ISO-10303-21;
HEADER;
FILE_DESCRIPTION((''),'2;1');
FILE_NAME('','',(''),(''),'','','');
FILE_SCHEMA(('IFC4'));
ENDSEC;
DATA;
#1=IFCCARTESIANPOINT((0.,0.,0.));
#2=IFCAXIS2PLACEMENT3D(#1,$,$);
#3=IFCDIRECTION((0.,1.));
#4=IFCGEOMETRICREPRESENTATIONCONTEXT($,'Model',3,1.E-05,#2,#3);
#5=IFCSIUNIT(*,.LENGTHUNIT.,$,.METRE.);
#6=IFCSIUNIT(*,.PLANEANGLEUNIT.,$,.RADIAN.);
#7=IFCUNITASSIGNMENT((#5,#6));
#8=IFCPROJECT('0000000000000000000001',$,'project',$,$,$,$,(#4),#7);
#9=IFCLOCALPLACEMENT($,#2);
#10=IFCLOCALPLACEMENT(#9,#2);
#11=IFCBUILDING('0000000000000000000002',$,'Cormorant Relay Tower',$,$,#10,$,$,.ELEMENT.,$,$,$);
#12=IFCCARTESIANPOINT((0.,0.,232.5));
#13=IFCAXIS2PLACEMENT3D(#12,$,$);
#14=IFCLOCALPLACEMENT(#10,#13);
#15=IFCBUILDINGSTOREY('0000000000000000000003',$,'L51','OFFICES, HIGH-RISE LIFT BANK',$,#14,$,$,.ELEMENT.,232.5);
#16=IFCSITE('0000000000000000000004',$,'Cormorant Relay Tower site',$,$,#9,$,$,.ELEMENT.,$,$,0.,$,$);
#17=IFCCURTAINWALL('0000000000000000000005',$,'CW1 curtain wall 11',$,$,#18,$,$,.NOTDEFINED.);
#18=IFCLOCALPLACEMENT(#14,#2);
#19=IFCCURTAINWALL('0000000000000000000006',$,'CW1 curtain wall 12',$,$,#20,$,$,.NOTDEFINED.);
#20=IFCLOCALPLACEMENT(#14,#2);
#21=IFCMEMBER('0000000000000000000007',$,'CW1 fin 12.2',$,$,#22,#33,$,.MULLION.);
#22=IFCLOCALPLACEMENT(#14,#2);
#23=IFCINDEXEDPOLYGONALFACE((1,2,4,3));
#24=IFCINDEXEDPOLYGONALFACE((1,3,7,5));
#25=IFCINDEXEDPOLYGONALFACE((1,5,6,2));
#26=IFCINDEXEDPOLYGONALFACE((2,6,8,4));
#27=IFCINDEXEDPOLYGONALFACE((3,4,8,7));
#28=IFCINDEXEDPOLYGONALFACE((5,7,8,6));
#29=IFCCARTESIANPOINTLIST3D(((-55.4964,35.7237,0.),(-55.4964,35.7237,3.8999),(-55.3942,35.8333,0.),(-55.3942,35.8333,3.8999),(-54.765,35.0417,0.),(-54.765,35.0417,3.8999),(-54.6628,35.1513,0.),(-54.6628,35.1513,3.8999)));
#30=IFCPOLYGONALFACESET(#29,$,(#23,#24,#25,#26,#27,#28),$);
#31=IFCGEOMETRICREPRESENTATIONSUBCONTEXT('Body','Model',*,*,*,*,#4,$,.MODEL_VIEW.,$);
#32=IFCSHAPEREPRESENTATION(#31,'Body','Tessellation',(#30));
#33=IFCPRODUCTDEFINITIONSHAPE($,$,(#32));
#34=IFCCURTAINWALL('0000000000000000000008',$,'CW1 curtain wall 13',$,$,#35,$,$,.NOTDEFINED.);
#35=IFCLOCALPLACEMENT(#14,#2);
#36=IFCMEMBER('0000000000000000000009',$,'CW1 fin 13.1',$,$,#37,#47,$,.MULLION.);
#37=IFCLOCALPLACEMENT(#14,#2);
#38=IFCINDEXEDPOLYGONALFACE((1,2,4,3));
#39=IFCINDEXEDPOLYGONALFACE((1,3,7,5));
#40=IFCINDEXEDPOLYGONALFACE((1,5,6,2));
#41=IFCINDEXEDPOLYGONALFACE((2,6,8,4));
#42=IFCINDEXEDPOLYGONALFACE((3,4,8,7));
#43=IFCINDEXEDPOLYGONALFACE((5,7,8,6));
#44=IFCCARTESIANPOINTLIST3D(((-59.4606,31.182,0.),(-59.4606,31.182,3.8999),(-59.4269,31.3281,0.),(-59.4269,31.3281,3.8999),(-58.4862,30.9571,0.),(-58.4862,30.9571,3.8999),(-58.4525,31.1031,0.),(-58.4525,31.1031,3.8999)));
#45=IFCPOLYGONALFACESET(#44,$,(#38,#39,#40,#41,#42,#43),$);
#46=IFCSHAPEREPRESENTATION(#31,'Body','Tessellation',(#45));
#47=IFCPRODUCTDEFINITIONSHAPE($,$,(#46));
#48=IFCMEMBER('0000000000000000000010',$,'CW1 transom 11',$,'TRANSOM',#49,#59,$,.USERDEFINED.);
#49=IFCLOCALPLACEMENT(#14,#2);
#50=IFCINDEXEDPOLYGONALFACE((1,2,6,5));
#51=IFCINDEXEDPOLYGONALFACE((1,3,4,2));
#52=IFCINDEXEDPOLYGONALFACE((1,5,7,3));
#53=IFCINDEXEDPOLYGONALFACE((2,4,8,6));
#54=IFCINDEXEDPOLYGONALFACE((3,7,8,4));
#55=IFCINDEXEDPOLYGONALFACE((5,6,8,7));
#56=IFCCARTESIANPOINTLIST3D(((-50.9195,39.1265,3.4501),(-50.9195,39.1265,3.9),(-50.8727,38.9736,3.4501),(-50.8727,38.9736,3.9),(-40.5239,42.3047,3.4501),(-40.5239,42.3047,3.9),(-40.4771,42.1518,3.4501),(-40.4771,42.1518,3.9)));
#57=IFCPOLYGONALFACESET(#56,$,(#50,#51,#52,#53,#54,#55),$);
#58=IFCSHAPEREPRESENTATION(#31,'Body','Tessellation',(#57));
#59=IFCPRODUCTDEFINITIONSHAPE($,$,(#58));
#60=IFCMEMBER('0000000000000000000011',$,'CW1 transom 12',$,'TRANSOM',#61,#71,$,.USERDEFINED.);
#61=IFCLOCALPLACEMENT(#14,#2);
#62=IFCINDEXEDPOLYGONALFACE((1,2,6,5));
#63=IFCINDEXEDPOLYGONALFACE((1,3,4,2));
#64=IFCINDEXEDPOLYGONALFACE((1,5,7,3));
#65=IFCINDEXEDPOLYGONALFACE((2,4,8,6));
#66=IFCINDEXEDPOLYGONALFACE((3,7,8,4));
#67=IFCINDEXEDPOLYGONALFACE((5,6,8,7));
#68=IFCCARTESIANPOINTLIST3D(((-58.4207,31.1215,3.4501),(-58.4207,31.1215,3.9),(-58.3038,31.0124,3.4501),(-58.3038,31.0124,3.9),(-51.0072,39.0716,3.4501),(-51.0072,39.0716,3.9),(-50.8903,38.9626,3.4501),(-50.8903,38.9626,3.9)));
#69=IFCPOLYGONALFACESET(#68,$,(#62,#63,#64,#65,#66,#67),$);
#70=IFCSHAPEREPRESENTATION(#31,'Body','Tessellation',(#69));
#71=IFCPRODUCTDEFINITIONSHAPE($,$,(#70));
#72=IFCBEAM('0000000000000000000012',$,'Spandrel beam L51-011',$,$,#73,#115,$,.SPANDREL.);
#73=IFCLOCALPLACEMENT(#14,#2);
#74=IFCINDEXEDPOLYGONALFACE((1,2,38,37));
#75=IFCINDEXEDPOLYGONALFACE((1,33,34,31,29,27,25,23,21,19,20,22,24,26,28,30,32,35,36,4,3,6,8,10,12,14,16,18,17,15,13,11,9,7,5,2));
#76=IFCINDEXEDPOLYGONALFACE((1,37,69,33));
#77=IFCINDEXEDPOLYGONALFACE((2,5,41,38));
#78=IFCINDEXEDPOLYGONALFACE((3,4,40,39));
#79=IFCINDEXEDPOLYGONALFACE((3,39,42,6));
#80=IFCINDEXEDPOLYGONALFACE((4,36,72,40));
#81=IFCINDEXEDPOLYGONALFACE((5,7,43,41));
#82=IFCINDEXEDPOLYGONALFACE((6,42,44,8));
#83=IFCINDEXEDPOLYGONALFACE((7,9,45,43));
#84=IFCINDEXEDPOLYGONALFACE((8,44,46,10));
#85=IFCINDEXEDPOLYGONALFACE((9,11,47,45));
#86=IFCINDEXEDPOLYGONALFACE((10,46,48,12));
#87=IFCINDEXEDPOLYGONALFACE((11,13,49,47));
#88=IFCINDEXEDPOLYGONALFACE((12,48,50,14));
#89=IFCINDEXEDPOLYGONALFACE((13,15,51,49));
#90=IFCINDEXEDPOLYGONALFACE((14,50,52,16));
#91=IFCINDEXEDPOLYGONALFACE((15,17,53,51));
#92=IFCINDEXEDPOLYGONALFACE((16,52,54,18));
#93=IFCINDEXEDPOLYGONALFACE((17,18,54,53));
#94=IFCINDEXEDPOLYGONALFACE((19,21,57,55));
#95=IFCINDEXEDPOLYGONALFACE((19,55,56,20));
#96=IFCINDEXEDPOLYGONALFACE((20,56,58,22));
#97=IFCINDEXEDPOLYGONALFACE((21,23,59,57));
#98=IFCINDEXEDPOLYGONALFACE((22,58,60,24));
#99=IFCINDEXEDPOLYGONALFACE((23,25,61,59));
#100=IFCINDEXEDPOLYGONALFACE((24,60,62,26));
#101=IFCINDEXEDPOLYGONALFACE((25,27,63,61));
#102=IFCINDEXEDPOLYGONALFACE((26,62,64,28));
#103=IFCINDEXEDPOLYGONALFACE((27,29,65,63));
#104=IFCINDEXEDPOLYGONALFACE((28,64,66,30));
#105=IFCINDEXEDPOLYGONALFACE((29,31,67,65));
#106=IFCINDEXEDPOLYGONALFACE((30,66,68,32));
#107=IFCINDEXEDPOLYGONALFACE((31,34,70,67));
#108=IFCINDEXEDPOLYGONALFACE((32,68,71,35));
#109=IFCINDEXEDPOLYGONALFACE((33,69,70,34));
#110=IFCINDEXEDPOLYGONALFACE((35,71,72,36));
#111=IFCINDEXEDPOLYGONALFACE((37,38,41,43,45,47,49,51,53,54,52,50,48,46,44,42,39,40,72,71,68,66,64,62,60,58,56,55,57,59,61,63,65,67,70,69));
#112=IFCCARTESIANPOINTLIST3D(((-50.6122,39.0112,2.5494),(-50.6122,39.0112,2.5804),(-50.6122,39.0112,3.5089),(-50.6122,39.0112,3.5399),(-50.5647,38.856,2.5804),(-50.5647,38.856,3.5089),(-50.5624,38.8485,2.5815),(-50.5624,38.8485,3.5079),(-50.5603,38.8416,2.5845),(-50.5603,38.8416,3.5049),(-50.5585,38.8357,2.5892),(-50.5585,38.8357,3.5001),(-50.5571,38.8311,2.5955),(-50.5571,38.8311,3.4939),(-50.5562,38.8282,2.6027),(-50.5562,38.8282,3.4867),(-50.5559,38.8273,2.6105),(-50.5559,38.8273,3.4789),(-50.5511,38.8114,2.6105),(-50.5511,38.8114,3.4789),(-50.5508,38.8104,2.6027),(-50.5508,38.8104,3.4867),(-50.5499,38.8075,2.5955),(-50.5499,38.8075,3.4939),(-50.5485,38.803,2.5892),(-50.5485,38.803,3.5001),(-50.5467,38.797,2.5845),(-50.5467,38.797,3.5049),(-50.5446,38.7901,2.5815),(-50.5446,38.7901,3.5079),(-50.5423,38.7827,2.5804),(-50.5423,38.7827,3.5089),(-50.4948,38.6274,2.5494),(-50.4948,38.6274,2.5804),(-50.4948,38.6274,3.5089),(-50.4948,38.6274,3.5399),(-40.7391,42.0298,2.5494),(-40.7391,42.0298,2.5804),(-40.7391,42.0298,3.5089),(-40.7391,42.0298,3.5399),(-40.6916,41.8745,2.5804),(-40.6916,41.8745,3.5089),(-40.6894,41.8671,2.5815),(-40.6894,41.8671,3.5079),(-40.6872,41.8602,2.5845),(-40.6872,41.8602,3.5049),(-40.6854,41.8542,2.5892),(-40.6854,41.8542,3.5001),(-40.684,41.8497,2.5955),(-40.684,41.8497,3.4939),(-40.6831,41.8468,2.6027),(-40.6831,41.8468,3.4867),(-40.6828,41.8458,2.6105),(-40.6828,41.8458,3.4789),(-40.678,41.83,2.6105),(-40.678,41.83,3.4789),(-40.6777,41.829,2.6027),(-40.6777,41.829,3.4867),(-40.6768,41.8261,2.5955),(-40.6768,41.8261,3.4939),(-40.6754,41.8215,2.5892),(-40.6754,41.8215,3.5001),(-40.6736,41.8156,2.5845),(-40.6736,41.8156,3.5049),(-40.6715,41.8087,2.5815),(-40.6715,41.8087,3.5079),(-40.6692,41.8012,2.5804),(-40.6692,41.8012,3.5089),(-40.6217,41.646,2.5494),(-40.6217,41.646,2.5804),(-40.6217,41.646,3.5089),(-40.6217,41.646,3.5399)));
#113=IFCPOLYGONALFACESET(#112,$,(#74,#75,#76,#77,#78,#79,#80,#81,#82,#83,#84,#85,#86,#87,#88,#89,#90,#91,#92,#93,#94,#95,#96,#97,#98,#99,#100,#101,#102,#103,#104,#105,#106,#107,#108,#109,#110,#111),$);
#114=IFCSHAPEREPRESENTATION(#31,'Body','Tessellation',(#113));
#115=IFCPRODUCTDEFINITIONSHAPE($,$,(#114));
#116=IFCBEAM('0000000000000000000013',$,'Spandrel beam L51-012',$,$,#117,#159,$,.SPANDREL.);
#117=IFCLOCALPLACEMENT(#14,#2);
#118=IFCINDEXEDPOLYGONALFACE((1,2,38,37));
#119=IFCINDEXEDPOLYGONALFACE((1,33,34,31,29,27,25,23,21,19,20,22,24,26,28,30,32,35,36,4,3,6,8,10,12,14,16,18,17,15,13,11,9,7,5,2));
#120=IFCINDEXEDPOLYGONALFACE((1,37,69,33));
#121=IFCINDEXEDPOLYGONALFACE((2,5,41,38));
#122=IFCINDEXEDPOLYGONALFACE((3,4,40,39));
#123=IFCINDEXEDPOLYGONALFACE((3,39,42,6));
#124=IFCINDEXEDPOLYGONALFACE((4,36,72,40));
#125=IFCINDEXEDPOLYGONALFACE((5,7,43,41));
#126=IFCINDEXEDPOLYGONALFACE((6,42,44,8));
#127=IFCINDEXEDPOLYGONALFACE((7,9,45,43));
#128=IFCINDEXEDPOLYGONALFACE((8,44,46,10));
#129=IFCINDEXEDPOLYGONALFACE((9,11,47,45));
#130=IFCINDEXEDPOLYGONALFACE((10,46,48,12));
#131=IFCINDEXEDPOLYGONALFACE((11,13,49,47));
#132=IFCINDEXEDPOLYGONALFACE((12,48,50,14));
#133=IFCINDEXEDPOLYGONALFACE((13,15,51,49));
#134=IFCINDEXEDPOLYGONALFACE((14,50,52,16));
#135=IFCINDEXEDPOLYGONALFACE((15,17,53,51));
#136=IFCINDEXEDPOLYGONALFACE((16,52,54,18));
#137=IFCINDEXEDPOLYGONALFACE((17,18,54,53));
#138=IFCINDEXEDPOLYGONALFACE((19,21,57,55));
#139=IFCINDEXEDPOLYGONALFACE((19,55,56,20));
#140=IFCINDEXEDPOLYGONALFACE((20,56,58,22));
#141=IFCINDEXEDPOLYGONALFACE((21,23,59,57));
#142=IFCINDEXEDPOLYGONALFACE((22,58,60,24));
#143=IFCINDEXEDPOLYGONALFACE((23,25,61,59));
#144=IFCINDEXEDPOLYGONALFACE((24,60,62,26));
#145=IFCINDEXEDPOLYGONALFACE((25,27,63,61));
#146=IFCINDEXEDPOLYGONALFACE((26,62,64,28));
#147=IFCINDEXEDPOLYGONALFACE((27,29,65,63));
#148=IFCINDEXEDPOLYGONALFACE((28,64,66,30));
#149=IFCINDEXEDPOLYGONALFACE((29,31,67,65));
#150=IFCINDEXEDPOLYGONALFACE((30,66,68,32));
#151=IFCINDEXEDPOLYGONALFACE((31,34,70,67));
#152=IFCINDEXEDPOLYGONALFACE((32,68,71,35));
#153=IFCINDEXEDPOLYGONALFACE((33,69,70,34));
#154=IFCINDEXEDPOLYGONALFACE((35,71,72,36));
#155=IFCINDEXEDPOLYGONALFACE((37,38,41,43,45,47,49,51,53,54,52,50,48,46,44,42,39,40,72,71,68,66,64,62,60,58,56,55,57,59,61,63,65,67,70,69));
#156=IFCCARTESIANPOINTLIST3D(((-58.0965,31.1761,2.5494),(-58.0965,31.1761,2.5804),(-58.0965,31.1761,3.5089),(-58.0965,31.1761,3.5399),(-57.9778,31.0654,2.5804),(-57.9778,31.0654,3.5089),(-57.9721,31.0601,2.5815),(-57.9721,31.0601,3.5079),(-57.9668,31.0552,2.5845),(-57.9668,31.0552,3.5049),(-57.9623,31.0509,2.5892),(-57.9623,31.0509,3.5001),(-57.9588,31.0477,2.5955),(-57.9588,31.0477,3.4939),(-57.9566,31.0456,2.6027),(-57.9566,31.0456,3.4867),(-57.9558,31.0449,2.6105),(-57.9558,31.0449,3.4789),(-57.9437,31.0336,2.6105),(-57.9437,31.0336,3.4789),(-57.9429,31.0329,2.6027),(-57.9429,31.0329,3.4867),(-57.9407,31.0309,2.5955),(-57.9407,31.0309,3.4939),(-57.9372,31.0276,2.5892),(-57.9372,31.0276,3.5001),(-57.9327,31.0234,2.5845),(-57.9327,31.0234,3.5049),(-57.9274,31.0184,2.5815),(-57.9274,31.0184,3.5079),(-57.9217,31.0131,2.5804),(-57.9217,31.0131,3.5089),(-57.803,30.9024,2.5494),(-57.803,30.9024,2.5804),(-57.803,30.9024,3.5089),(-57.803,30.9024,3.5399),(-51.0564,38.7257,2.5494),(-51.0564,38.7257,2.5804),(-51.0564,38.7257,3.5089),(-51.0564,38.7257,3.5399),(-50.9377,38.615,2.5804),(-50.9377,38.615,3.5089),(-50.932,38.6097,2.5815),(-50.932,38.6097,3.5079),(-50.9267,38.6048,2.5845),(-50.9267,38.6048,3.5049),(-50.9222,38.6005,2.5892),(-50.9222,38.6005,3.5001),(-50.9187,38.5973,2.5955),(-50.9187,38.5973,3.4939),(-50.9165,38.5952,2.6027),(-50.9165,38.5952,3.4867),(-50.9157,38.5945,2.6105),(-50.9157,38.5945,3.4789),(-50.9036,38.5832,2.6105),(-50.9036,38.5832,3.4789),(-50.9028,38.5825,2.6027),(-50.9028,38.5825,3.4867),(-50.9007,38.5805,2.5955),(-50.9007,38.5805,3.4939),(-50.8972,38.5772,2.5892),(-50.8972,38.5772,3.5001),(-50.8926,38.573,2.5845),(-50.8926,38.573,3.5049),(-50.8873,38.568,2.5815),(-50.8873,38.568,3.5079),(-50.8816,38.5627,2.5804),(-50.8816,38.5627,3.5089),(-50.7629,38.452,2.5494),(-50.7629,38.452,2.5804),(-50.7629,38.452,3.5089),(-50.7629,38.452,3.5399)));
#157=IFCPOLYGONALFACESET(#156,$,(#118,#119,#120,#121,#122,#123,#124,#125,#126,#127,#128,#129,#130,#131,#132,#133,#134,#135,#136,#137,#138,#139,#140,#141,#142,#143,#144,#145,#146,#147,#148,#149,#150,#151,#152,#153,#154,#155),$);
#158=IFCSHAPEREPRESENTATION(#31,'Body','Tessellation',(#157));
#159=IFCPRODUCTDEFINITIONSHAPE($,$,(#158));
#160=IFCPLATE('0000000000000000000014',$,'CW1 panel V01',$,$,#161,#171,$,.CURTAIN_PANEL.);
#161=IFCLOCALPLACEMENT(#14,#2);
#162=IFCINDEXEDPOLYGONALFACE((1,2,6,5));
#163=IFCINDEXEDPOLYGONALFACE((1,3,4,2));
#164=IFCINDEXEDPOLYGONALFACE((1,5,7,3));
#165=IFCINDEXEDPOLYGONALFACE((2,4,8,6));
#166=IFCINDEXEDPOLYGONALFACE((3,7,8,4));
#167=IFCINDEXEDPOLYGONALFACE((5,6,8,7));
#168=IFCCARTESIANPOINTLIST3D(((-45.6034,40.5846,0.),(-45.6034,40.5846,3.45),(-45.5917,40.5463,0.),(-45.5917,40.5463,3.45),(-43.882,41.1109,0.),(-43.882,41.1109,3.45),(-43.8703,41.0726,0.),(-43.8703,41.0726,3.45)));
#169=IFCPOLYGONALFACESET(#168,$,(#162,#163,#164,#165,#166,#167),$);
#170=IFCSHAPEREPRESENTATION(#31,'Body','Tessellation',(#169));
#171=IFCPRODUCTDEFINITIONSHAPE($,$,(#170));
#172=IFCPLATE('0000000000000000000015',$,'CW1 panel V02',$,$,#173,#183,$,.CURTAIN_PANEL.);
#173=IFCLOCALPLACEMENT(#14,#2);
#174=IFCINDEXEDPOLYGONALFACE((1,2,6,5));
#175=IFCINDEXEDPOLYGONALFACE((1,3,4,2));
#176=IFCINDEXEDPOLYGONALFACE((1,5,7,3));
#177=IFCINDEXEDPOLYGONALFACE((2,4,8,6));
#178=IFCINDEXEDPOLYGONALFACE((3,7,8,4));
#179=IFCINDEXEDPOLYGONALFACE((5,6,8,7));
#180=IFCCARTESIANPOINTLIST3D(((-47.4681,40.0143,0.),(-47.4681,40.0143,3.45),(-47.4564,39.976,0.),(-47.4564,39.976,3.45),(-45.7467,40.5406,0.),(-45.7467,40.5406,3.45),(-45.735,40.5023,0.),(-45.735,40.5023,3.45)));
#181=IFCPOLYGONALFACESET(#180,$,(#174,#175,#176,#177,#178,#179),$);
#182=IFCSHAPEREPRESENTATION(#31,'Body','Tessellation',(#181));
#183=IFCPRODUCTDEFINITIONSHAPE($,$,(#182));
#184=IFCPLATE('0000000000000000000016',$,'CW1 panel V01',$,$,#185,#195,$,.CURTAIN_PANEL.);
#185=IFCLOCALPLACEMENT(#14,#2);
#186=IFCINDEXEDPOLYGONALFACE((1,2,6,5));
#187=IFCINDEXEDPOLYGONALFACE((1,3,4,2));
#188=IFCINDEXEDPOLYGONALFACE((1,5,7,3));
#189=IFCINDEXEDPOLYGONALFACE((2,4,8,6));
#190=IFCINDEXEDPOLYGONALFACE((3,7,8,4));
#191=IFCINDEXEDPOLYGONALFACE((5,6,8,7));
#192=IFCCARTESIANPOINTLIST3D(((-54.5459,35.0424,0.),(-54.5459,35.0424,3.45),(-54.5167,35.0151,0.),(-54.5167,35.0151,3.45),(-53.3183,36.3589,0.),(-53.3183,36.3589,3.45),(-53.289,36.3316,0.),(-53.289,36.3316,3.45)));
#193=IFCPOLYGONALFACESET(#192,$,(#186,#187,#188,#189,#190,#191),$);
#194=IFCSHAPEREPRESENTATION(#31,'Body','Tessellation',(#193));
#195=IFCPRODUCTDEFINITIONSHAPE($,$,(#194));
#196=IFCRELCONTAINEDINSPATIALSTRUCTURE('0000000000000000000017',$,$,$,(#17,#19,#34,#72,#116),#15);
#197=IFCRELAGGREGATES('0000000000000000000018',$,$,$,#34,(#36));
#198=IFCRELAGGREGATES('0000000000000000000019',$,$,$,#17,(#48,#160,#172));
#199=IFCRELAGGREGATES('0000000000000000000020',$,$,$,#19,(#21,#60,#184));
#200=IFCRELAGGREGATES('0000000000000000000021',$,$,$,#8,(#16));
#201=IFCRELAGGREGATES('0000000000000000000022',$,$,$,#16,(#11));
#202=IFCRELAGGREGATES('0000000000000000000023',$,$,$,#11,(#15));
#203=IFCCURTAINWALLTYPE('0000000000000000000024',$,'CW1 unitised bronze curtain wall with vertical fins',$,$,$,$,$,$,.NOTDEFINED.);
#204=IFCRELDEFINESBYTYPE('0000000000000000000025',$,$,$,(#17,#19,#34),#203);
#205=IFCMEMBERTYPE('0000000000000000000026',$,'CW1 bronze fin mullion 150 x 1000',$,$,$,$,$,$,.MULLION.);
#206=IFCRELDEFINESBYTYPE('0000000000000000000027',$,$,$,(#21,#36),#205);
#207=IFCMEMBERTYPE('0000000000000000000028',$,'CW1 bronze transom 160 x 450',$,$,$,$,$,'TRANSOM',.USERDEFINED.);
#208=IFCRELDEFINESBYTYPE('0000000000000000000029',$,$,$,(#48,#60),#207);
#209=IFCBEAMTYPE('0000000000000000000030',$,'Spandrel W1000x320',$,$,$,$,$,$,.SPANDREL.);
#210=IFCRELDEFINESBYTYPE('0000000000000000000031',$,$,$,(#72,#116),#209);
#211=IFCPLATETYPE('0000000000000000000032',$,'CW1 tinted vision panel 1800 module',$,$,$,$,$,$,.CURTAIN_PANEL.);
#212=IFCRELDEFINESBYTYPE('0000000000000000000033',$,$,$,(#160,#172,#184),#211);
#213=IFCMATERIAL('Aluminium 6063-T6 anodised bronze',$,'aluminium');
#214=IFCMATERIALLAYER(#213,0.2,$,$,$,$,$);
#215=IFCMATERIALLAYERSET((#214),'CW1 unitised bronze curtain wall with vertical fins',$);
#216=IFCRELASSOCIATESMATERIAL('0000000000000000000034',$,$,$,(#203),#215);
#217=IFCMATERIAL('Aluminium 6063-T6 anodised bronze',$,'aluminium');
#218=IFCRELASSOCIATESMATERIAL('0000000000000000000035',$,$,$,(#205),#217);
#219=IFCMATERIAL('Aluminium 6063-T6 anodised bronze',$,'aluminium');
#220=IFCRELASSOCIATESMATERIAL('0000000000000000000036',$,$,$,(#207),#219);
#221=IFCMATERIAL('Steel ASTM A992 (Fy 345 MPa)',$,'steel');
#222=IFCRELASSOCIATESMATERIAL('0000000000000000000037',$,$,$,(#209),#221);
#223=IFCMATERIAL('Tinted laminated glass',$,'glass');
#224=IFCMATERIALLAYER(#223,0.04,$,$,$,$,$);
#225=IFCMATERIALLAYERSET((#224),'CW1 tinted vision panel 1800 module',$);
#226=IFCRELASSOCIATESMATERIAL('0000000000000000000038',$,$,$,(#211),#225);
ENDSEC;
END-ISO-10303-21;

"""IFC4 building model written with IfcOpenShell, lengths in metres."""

from ifc_helpers import new_model, si_unit, direction, frame, origin, origin_2d, place, context, subcontext, project, spatial, rectangle, i_section, extrude, material, layer, layer_set, material_profile, profile_set, type_object, element, aggregate, save


model = new_model("IFC4")

# Units and contexts
model_context = context("Model", 3, precision=1e-05, world=origin(), true_north=direction((0.0, 1.0)))
body_context = subcontext(model_context, "Body", "Model", "MODEL_VIEW")
ifc_project = project(units=[si_unit("LENGTHUNIT", "METRE"), si_unit("PLANEANGLEUNIT", "RADIAN")], contexts=[model_context])

# Site, building, storey
site_placement = place(None, origin())
site = spatial("IfcSite", under=ifc_project, at=site_placement, Name="Cormorant Relay Tower site", CompositionType="ELEMENT", RefElevation=0.0)
building_placement = place(site_placement, origin())
building = spatial("IfcBuilding", under=site, at=building_placement, Name="Cormorant Relay Tower", CompositionType="ELEMENT")
storey_placement = place(building_placement, frame((0.0, 0.0, 232.5)))
storey = spatial("IfcBuildingStorey", under=building, at=storey_placement, Name="L51", Description="OFFICES, HIGH-RISE LIFT BANK", CompositionType="ELEMENT", Elevation=232.5)

# Shared definitions
ifc_material_1 = material(Name="Aluminium 6063-T6 anodised bronze", Category="aluminium")
ifc_layer_1 = layer(ifc_material_1, 0.2)
ifc_layer_set_1 = layer_set([ifc_layer_1], Name="CW1 unitised bronze curtain wall with vertical fins")
curtain_wall_type = type_object("IfcCurtainWallType", Name="CW1 unitised bronze curtain wall with vertical fins", PredefinedType="NOTDEFINED", material=ifc_layer_set_1)
ifc_material_2 = material(Name="Aluminium 6063-T6 anodised bronze", Category="aluminium")
ifc_material_profile_1 = material_profile(ifc_material_2, rectangle(XDim=0.1499, YDim=1.0, at=origin_2d()), Name="AL 150x1000")
ifc_profile_set_1 = profile_set([ifc_material_profile_1], Name="Aluminium 6063-T6 anodised bronze")
member_type_1 = type_object("IfcMemberType", Name="CW1 bronze fin mullion 150 x 1000", PredefinedType="MULLION", material=ifc_profile_set_1)

# Curtain walls, member
curtain_wall_1_placement = place(storey_placement, origin())
curtain_wall_1 = element("IfcCurtainWall", 1, at=curtain_wall_1_placement, inside=storey, type_object=curtain_wall_type, Name="CW1 curtain wall 11", PredefinedType="NOTDEFINED")
curtain_wall_2_placement = place(storey_placement, origin())
curtain_wall_2 = element("IfcCurtainWall", 2, at=curtain_wall_2_placement, inside=storey, type_object=curtain_wall_type, Name="CW1 curtain wall 12", PredefinedType="NOTDEFINED")
member_1_placement = place(storey_placement, frame((-55.0796, 35.4375, 0.0), z_axis=(0.0, 0.0, 1.0), x_axis=(-0.681998, -0.731354, 0.0)))
member_1 = element("IfcMember", 3, at=member_1_placement, type_object=member_type_1, Name="CW1 fin 12.2", PredefinedType="MULLION", context=body_context, shape_type="SweptSolid", body=[
    extrude(rectangle(XDim=0.1499, YDim=1.0, at=origin_2d()), origin(), (0.0, 0.0, 1.0), 3.8999),
])

# Curtain wall, member
curtain_wall_3_placement = place(storey_placement, origin())
curtain_wall_3 = element("IfcCurtainWall", 4, at=curtain_wall_3_placement, inside=storey, type_object=curtain_wall_type, Name="CW1 curtain wall 13", PredefinedType="NOTDEFINED")
member_2_placement = place(storey_placement, frame((-58.9565, 31.1426, 0.0), z_axis=(0.0, 0.0, 1.0), x_axis=(-0.224951, -0.97437, 0.0)))
member_2 = element("IfcMember", 5, at=member_2_placement, type_object=member_type_1, Name="CW1 fin 13.1", PredefinedType="MULLION", context=body_context, shape_type="SweptSolid", body=[
    extrude(rectangle(XDim=0.1499, YDim=1.0, at=origin_2d()), origin(), (0.0, 0.0, 1.0), 3.8999),
])
aggregate(curtain_wall_3, [member_2])

# Members
ifc_material_3 = material(Name="Aluminium 6063-T6 anodised bronze", Category="aluminium")
ifc_material_profile_2 = material_profile(ifc_material_3, rectangle(XDim=0.1599, YDim=0.45, at=origin_2d()), Name="AL 160x450")
ifc_profile_set_2 = profile_set([ifc_material_profile_2], Name="Aluminium 6063-T6 anodised bronze")
member_type_2 = type_object("IfcMemberType", Name="CW1 bronze transom 160 x 450", ElementType="TRANSOM", PredefinedType="USERDEFINED", material=ifc_profile_set_2)
member_3_placement = place(storey_placement, frame((-40.5005, 42.2283, 3.675), z_axis=(-0.956305, -0.292371, 0.0), x_axis=(0.292371, -0.956305, 0.0)))
member_3 = element("IfcMember", 6, at=member_3_placement, type_object=member_type_2, Name="CW1 transom 11", ObjectType="TRANSOM", PredefinedType="USERDEFINED", context=body_context, shape_type="SweptSolid", body=[
    extrude(rectangle(XDim=0.1599, YDim=0.45, at=origin_2d()), origin(), (0.0, 0.0, 1.0), 10.8706),
])
member_4_placement = place(storey_placement, frame((-50.9487, 39.0171, 3.675), z_axis=(-0.681993, -0.731358, 0.0), x_axis=(0.731358, -0.681993, 0.0)))
member_4 = element("IfcMember", 7, at=member_4_placement, type_object=member_type_2, Name="CW1 transom 12", ObjectType="TRANSOM", PredefinedType="USERDEFINED", context=body_context, shape_type="SweptSolid", body=[
    extrude(rectangle(XDim=0.1599, YDim=0.45, at=origin_2d()), origin(), (0.0, 0.0, 1.0), 10.8704),
])

# Beams
ifc_material_4 = material(Name="Steel ASTM A992 (Fy 345 MPa)", Category="steel")
ifc_material_profile_3 = material_profile(ifc_material_4, i_section(OverallWidth=0.4014, OverallDepth=0.9905, WebThickness=0.0166, FlangeThickness=0.031, FilletRadius=0.03, at=origin_2d()), Name="W1000x320")
ifc_profile_set_3 = profile_set([ifc_material_profile_3], Name="Steel ASTM A992 (Fy 345 MPa)")
beam_type = type_object("IfcBeamType", Name="Spandrel W1000x320", PredefinedType="SPANDREL", material=ifc_profile_set_3)
beam_1_placement = place(storey_placement, frame((-40.6804, 41.8379, 3.0447), z_axis=(-0.956303, -0.292377, 0.0), x_axis=(0.292377, -0.956303, 0.0)))
element("IfcBeam", 8, at=beam_1_placement, inside=storey, type_object=beam_type, Name="Spandrel beam L51-011", PredefinedType="SPANDREL", context=body_context, shape_type="SweptSolid", body=[
    extrude(i_section(OverallWidth=0.4014, OverallDepth=0.9905, WebThickness=0.0166, FlangeThickness=0.031, FilletRadius=0.03, at=origin_2d()), origin(), (0.0, 0.0, 1.0), 10.3242),
])
beam_2_placement = place(storey_placement, frame((-50.9097, 38.5889, 3.0447), z_axis=(-0.681996, -0.731356, 0.0), x_axis=(0.731356, -0.681996, 0.0)))
element("IfcBeam", 9, at=beam_2_placement, inside=storey, type_object=beam_type, Name="Spandrel beam L51-012", PredefinedType="SPANDREL", context=body_context, shape_type="SweptSolid", body=[
    extrude(i_section(OverallWidth=0.4014, OverallDepth=0.9905, WebThickness=0.0166, FlangeThickness=0.031, FilletRadius=0.03, at=origin_2d()), origin(), (0.0, 0.0, 1.0), 10.3228),
])

# Plates
ifc_material_5 = material(Name="Tinted laminated glass", Category="glass")
ifc_layer_2 = layer(ifc_material_5, 0.04)
ifc_layer_set_2 = layer_set([ifc_layer_2], Name="CW1 tinted vision panel 1800 module")
plate_type_1 = type_object("IfcPlateType", Name="CW1 tinted vision panel 1800 module", PredefinedType="CURTAIN_PANEL", material=ifc_layer_set_2)
plate_1_placement = place(storey_placement, frame((-44.7368, 40.8286, 0.0), z_axis=(0.0, 0.0, 1.0), x_axis=(-0.956305, -0.292372, 0.0)))
plate_1 = element("IfcPlate", 10, at=plate_1_placement, type_object=plate_type_1, Name="CW1 panel V01", PredefinedType="CURTAIN_PANEL", context=body_context, shape_type="SweptSolid", body=[
    extrude(rectangle(XDim=1.8, YDim=0.04, at=origin_2d()), origin(), (0.0, 0.0, 1.0), 3.45),
])
plate_2_placement = place(storey_placement, frame((-46.6016, 40.2583, 0.0), z_axis=(0.0, 0.0, 1.0), x_axis=(-0.956305, -0.292372, 0.0)))
plate_2 = element("IfcPlate", 11, at=plate_2_placement, type_object=plate_type_1, Name="CW1 panel V02", PredefinedType="CURTAIN_PANEL", context=body_context, shape_type="SweptSolid", body=[
    extrude(rectangle(XDim=1.8, YDim=0.04, at=origin_2d()), origin(), (0.0, 0.0, 1.0), 3.45),
])
plate_3_placement = place(storey_placement, frame((-53.9175, 35.687, 0.0), z_axis=(0.0, 0.0, 1.0), x_axis=(-0.681998, -0.731354, 0.0)))
plate_3 = element("IfcPlate", 12, at=plate_3_placement, type_object=plate_type_1, Name="CW1 panel V01", PredefinedType="CURTAIN_PANEL", context=body_context, shape_type="SweptSolid", body=[
    extrude(rectangle(XDim=1.8, YDim=0.04, at=origin_2d()), origin(), (0.0, 0.0, 1.0), 3.45),
])

aggregate(curtain_wall_1, [member_3, plate_1, plate_2])
aggregate(curtain_wall_2, [member_1, member_4, plate_3])

save(model, "model.ifc")
